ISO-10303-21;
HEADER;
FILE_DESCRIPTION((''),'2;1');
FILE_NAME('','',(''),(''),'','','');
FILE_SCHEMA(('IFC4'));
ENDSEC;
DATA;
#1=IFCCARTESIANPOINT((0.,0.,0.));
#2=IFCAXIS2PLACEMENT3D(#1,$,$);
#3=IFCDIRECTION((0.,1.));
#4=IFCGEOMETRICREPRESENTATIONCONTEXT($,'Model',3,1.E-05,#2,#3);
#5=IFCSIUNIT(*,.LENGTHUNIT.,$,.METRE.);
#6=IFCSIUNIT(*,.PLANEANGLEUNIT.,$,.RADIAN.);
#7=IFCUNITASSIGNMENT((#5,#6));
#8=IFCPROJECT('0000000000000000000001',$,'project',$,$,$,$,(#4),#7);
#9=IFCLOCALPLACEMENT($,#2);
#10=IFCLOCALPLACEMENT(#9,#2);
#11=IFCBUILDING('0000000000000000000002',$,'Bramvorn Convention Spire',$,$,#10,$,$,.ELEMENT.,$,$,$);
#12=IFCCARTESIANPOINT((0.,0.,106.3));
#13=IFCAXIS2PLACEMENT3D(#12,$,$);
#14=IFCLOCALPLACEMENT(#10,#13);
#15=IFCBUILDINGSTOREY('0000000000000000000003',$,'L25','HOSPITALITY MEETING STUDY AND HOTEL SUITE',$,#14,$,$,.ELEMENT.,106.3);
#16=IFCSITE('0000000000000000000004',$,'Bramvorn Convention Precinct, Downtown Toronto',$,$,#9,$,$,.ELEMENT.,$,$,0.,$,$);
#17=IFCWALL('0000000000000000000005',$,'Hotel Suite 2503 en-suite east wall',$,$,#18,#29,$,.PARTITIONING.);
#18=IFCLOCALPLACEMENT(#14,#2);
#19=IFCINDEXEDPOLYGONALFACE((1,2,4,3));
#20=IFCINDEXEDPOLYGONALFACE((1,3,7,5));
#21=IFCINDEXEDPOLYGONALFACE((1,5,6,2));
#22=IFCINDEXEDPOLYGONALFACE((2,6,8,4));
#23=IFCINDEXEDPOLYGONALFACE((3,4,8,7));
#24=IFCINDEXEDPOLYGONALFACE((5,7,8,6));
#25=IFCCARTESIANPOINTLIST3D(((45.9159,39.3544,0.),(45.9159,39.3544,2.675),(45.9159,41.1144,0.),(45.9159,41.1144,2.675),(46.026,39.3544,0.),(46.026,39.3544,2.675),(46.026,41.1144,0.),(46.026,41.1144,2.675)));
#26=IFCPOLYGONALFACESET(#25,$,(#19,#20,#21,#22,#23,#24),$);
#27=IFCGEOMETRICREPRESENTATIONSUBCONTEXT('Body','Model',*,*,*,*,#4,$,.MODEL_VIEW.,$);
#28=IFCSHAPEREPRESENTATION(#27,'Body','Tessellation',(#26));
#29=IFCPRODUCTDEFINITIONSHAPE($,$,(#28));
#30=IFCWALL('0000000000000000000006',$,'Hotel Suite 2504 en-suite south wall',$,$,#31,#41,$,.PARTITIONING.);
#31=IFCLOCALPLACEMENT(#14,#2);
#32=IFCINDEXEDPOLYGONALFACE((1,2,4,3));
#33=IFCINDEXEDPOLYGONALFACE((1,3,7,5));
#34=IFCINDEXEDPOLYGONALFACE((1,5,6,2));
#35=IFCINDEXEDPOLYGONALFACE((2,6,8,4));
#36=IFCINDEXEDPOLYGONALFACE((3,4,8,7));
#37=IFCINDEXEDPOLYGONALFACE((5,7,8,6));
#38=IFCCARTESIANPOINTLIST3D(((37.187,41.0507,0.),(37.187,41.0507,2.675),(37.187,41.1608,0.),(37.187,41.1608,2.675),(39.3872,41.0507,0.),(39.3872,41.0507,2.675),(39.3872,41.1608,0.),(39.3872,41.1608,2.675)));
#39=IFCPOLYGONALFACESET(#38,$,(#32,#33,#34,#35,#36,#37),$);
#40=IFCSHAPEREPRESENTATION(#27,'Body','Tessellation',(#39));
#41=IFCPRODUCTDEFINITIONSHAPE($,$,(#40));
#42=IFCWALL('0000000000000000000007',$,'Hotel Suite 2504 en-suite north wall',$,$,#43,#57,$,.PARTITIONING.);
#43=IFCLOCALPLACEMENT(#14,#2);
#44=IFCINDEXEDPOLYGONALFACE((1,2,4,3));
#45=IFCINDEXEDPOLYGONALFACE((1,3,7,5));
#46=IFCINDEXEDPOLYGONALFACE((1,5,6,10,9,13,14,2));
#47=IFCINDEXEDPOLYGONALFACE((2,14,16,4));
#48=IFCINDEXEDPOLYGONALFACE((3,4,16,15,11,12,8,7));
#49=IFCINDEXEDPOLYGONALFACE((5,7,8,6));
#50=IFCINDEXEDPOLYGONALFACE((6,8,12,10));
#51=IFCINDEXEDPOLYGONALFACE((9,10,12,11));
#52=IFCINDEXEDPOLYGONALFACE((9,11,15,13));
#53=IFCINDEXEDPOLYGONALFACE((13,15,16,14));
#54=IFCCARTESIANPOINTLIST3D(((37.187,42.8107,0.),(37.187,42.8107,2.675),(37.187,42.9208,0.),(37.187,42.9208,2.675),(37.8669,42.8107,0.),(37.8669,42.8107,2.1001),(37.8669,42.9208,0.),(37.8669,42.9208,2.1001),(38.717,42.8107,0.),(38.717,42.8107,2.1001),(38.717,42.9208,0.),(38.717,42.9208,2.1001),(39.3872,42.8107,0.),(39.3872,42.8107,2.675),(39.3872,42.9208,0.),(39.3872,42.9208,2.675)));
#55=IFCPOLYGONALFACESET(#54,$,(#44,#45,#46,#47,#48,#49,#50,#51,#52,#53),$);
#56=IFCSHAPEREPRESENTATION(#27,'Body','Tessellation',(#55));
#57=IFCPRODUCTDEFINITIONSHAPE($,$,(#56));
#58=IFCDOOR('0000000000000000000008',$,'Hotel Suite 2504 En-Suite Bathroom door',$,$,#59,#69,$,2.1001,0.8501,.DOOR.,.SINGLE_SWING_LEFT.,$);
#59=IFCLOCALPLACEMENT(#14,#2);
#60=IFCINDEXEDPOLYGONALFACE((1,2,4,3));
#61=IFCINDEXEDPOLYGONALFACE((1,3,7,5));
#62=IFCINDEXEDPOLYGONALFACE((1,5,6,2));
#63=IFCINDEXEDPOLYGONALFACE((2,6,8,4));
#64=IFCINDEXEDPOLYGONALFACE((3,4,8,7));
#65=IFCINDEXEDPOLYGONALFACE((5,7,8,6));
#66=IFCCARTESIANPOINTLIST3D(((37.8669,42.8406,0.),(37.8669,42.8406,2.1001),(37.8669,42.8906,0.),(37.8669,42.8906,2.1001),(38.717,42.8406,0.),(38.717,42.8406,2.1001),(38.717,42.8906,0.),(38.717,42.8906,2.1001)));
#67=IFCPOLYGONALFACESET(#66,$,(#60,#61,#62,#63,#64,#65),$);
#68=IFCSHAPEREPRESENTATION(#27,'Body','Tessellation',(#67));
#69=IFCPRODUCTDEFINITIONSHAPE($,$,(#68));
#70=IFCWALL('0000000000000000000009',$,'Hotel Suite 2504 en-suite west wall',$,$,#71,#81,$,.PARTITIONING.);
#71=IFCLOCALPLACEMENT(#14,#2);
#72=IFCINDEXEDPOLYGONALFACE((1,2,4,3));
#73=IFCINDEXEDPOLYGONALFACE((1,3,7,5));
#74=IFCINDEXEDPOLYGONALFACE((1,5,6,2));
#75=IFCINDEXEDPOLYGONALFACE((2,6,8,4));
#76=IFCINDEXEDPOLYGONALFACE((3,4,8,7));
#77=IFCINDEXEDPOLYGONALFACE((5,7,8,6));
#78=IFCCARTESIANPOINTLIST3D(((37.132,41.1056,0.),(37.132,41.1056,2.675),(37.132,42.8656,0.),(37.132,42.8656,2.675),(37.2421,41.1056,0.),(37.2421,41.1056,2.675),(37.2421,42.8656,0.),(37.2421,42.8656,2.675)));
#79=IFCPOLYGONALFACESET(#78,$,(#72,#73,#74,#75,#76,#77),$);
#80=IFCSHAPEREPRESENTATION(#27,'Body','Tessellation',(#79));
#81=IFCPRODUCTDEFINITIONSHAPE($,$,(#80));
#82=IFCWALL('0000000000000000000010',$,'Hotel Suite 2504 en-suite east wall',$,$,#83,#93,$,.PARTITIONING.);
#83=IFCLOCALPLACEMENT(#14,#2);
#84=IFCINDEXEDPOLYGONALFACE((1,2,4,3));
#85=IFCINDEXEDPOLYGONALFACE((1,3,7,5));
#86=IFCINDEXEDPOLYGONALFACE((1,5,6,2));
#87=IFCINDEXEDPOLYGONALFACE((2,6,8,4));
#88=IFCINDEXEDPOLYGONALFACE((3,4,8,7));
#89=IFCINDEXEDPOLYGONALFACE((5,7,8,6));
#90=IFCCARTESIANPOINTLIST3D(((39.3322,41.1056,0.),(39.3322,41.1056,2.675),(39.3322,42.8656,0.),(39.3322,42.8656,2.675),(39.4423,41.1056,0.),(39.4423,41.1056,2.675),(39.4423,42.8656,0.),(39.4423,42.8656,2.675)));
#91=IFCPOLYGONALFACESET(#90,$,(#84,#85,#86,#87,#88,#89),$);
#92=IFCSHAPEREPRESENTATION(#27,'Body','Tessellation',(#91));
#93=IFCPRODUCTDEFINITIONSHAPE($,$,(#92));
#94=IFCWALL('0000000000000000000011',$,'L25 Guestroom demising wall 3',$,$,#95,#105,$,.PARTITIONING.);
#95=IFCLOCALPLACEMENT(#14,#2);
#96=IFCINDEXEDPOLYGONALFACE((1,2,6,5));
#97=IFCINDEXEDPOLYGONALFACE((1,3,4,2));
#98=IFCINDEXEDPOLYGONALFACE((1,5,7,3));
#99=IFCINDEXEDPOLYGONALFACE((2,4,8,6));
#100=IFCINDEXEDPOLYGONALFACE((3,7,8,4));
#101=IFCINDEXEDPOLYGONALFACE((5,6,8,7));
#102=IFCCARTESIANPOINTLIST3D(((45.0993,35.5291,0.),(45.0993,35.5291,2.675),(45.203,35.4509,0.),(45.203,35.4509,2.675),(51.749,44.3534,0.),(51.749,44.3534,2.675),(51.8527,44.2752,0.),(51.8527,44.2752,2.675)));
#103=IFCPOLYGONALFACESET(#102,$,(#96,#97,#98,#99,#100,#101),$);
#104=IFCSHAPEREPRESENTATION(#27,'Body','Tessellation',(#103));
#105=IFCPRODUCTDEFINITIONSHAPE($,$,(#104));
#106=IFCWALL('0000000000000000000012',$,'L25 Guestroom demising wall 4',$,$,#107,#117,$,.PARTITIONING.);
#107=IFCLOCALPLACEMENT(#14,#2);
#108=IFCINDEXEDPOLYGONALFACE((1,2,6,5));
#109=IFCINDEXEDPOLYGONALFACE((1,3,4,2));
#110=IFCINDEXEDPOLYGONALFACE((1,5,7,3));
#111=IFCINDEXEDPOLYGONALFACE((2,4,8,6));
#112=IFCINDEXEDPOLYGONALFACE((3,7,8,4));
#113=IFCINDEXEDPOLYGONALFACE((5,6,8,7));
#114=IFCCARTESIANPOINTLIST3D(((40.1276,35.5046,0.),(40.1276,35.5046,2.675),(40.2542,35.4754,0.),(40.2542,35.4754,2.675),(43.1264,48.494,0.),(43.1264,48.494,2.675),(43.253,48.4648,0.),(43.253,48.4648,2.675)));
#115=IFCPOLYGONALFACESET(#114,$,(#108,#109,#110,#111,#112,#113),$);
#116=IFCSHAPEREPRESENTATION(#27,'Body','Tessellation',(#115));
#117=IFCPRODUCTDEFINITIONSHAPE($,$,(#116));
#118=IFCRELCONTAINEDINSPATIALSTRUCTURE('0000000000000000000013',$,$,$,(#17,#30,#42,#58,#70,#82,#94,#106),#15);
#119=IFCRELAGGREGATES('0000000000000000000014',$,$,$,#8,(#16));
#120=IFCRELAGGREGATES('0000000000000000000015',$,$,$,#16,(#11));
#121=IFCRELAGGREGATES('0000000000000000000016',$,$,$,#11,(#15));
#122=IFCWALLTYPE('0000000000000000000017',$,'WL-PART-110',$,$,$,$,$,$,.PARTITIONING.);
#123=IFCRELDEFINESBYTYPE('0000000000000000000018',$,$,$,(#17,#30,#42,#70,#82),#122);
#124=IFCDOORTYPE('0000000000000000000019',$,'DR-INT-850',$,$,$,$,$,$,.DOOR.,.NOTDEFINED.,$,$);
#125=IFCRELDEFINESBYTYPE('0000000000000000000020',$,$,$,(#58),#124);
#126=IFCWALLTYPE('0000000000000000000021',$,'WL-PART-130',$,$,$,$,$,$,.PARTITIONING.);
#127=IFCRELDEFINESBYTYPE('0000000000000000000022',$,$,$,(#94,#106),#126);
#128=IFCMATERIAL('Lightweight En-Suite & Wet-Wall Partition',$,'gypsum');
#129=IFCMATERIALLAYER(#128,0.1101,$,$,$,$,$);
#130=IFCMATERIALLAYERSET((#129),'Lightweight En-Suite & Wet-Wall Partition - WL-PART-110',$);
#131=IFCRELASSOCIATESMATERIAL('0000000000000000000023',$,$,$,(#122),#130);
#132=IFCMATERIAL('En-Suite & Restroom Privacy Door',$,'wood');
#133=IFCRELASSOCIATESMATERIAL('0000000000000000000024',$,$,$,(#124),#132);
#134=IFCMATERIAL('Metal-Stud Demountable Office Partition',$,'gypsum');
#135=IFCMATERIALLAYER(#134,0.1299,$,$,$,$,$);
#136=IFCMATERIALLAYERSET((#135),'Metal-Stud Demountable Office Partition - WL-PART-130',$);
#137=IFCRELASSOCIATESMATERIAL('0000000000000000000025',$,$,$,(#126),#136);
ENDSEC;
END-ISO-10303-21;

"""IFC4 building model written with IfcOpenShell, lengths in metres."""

from ifc_helpers import new_model, si_unit, direction, frame, frame_2d, origin, place, context, subcontext, project, spatial, rectangle, extrude, material, layer, layer_set, type_object, element, fill, save


model = new_model("IFC4")

# Units and contexts
model_context = context("Model", 3, precision=1e-05, world=origin(), true_north=direction((0.0, 1.0)))
body_context = subcontext(model_context, "Body", "Model", "MODEL_VIEW")
ifc_project = project(units=[si_unit("LENGTHUNIT", "METRE"), si_unit("PLANEANGLEUNIT", "RADIAN")], contexts=[model_context])

# Site, building, storey
site_placement = place(None, origin())
site = spatial("IfcSite", under=ifc_project, at=site_placement, Name="Bramvorn Convention Precinct, Downtown Toronto", CompositionType="ELEMENT", RefElevation=0.0)
building_placement = place(site_placement, origin())
building = spatial("IfcBuilding", under=site, at=building_placement, Name="Bramvorn Convention Spire", CompositionType="ELEMENT")
storey_placement = place(building_placement, frame((0.0, 0.0, 106.3)))
storey = spatial("IfcBuildingStorey", under=building, at=storey_placement, Name="L25", Description="HOSPITALITY MEETING STUDY AND HOTEL SUITE", CompositionType="ELEMENT", Elevation=106.3)

# Shared definitions
ifc_material_1 = material(Name="Lightweight En-Suite & Wet-Wall Partition", Category="gypsum")
ifc_layer_1 = layer(ifc_material_1, 0.1101)
ifc_layer_set_1 = layer_set([ifc_layer_1], Name="Lightweight En-Suite & Wet-Wall Partition - WL-PART-110")
wall_type_1 = type_object("IfcWallType", Name="WL-PART-110", PredefinedType="PARTITIONING", material=ifc_layer_set_1)

# Shared definitions
ifc_material_2 = material(Name="En-Suite & Restroom Privacy Door", Category="wood")
door_type = type_object("IfcDoorType", Name="DR-INT-850", OperationType="NOTDEFINED", PredefinedType="DOOR", material=ifc_material_2)

# Walls
for number, where, z_axis, x_axis, name in (
    (1, (45.9709, 39.3545, 0.0), (0.0, 0.0, 1.0), (0.0, 1.0, 0.0), "Hotel Suite 2503 en-suite east wall"),
):
    element("IfcWall", number, at=place(storey_placement, frame(where, z_axis=z_axis, x_axis=x_axis)), inside=storey, type_object=wall_type_1, Name=name, PredefinedType="PARTITIONING", context=body_context, shape_type="SweptSolid", body=[
        extrude(rectangle(XDim=1.76, YDim=0.1101, at=frame_2d((0.8799, 0.0))), origin(), (0.0, 0.0, 1.0), 2.675),
    ])
wall_1_placement = place(storey_placement, frame((37.187, 41.1057, 0.0), z_axis=(0.0, 0.0, 1.0), x_axis=(1.0, 0.0, 0.0)))
element("IfcWall", 2, at=wall_1_placement, inside=storey, type_object=wall_type_1, Name="Hotel Suite 2504 en-suite south wall", PredefinedType="PARTITIONING", context=body_context, shape_type="SweptSolid", body=[
    extrude(rectangle(XDim=2.2002, YDim=0.1101, at=frame_2d((1.1001, 0.0))), origin(), (0.0, 0.0, 1.0), 2.675),
])

# Wall, opening, door
wall_2_placement = place(storey_placement, frame((37.187, 42.8657, 0.0), z_axis=(0.0, 0.0, 1.0), x_axis=(1.0, 0.0, 0.0)))
wall_2 = element("IfcWall", 3, at=wall_2_placement, inside=storey, type_object=wall_type_1, Name="Hotel Suite 2504 en-suite north wall", PredefinedType="PARTITIONING", context=body_context, shape_type="SweptSolid", body=[
    extrude(rectangle(XDim=2.2002, YDim=0.1101, at=frame_2d((1.1001, 0.0))), origin(), (0.0, 0.0, 1.0), 2.675),
])
opening_1_placement = place(wall_2_placement, frame((0.6799, 0.0, 0.0)))
opening_1 = element("IfcOpeningElement", 4, at=opening_1_placement, cuts=wall_2, PredefinedType="OPENING", context=body_context, shape_type="SweptSolid", body=[
    extrude(rectangle(XDim=0.8501, YDim=2.1001, at=frame_2d((0.425, 1.05))), frame((0.0, 0.0649, 0.0), z_axis=(0.0, -1.0, 0.0), x_axis=(1.0, 0.0, 0.0)), (0.0, 0.0, 1.0), 0.1301),
])
door_1_placement = place(opening_1_placement, origin())
door_1 = element("IfcDoor", 5, at=door_1_placement, inside=storey, type_object=door_type, Name="Hotel Suite 2504 En-Suite Bathroom door", OperationType="SINGLE_SWING_LEFT", OverallHeight=2.1001, OverallWidth=0.8501, PredefinedType="DOOR", context=body_context, shape_type="SweptSolid", body=[
    extrude(rectangle(XDim=0.8501, YDim=2.1001, at=frame_2d((0.425, 1.05))), frame((0.0, 0.0249, 0.0), z_axis=(0.0, -1.0, 0.0), x_axis=(1.0, 0.0, 0.0)), (0.0, 0.0, 1.0), 0.05),
])
fill(opening_1, door_1)

# Walls
for number, where, z_axis, x_axis, name in (
    (6, (37.187, 41.1057, 0.0), (0.0, 0.0, 1.0), (0.0, 1.0, 0.0), "Hotel Suite 2504 en-suite west wall"),
    (7, (39.3872, 41.1057, 0.0), (0.0, 0.0, 1.0), (0.0, 1.0, 0.0), "Hotel Suite 2504 en-suite east wall"),
):
    element("IfcWall", number, at=place(storey_placement, frame(where, z_axis=z_axis, x_axis=x_axis)), inside=storey, type_object=wall_type_1, Name=name, PredefinedType="PARTITIONING", context=body_context, shape_type="SweptSolid", body=[
        extrude(rectangle(XDim=1.76, YDim=0.1101, at=frame_2d((0.8799, 0.0))), origin(), (0.0, 0.0, 1.0), 2.675),
    ])
ifc_material_3 = material(Name="Metal-Stud Demountable Office Partition", Category="gypsum")
ifc_layer_2 = layer(ifc_material_3, 0.1299)
ifc_layer_set_2 = layer_set([ifc_layer_2], Name="Metal-Stud Demountable Office Partition - WL-PART-130")
wall_type_2 = type_object("IfcWallType", Name="WL-PART-130", PredefinedType="PARTITIONING", material=ifc_layer_set_2)
wall_3_placement = place(storey_placement, frame((45.1511, 35.49, 0.0), z_axis=(0.0, 0.0, 1.0), x_axis=(0.601823, 0.79863, 0.0)))
element("IfcWall", 8, at=wall_3_placement, inside=storey, type_object=wall_type_2, Name="L25 Guestroom demising wall 3", PredefinedType="PARTITIONING", context=body_context, shape_type="SweptSolid", body=[
    extrude(rectangle(XDim=11.0493, YDim=0.1299, at=frame_2d((5.5247, 0.0))), origin(), (0.0, 0.0, 1.0), 2.675),
])
wall_4_placement = place(storey_placement, frame((40.1909, 35.49, 0.0), z_axis=(0.0, 0.0, 1.0), x_axis=(0.224945, 0.974371, 0.0)))
element("IfcWall", 9, at=wall_4_placement, inside=storey, type_object=wall_type_2, Name="L25 Guestroom demising wall 4", PredefinedType="PARTITIONING", context=body_context, shape_type="SweptSolid", body=[
    extrude(rectangle(XDim=13.3311, YDim=0.1299, at=frame_2d((6.6655, 0.0))), origin(), (0.0, 0.0, 1.0), 2.675),
])

save(model, "model.ifc")
